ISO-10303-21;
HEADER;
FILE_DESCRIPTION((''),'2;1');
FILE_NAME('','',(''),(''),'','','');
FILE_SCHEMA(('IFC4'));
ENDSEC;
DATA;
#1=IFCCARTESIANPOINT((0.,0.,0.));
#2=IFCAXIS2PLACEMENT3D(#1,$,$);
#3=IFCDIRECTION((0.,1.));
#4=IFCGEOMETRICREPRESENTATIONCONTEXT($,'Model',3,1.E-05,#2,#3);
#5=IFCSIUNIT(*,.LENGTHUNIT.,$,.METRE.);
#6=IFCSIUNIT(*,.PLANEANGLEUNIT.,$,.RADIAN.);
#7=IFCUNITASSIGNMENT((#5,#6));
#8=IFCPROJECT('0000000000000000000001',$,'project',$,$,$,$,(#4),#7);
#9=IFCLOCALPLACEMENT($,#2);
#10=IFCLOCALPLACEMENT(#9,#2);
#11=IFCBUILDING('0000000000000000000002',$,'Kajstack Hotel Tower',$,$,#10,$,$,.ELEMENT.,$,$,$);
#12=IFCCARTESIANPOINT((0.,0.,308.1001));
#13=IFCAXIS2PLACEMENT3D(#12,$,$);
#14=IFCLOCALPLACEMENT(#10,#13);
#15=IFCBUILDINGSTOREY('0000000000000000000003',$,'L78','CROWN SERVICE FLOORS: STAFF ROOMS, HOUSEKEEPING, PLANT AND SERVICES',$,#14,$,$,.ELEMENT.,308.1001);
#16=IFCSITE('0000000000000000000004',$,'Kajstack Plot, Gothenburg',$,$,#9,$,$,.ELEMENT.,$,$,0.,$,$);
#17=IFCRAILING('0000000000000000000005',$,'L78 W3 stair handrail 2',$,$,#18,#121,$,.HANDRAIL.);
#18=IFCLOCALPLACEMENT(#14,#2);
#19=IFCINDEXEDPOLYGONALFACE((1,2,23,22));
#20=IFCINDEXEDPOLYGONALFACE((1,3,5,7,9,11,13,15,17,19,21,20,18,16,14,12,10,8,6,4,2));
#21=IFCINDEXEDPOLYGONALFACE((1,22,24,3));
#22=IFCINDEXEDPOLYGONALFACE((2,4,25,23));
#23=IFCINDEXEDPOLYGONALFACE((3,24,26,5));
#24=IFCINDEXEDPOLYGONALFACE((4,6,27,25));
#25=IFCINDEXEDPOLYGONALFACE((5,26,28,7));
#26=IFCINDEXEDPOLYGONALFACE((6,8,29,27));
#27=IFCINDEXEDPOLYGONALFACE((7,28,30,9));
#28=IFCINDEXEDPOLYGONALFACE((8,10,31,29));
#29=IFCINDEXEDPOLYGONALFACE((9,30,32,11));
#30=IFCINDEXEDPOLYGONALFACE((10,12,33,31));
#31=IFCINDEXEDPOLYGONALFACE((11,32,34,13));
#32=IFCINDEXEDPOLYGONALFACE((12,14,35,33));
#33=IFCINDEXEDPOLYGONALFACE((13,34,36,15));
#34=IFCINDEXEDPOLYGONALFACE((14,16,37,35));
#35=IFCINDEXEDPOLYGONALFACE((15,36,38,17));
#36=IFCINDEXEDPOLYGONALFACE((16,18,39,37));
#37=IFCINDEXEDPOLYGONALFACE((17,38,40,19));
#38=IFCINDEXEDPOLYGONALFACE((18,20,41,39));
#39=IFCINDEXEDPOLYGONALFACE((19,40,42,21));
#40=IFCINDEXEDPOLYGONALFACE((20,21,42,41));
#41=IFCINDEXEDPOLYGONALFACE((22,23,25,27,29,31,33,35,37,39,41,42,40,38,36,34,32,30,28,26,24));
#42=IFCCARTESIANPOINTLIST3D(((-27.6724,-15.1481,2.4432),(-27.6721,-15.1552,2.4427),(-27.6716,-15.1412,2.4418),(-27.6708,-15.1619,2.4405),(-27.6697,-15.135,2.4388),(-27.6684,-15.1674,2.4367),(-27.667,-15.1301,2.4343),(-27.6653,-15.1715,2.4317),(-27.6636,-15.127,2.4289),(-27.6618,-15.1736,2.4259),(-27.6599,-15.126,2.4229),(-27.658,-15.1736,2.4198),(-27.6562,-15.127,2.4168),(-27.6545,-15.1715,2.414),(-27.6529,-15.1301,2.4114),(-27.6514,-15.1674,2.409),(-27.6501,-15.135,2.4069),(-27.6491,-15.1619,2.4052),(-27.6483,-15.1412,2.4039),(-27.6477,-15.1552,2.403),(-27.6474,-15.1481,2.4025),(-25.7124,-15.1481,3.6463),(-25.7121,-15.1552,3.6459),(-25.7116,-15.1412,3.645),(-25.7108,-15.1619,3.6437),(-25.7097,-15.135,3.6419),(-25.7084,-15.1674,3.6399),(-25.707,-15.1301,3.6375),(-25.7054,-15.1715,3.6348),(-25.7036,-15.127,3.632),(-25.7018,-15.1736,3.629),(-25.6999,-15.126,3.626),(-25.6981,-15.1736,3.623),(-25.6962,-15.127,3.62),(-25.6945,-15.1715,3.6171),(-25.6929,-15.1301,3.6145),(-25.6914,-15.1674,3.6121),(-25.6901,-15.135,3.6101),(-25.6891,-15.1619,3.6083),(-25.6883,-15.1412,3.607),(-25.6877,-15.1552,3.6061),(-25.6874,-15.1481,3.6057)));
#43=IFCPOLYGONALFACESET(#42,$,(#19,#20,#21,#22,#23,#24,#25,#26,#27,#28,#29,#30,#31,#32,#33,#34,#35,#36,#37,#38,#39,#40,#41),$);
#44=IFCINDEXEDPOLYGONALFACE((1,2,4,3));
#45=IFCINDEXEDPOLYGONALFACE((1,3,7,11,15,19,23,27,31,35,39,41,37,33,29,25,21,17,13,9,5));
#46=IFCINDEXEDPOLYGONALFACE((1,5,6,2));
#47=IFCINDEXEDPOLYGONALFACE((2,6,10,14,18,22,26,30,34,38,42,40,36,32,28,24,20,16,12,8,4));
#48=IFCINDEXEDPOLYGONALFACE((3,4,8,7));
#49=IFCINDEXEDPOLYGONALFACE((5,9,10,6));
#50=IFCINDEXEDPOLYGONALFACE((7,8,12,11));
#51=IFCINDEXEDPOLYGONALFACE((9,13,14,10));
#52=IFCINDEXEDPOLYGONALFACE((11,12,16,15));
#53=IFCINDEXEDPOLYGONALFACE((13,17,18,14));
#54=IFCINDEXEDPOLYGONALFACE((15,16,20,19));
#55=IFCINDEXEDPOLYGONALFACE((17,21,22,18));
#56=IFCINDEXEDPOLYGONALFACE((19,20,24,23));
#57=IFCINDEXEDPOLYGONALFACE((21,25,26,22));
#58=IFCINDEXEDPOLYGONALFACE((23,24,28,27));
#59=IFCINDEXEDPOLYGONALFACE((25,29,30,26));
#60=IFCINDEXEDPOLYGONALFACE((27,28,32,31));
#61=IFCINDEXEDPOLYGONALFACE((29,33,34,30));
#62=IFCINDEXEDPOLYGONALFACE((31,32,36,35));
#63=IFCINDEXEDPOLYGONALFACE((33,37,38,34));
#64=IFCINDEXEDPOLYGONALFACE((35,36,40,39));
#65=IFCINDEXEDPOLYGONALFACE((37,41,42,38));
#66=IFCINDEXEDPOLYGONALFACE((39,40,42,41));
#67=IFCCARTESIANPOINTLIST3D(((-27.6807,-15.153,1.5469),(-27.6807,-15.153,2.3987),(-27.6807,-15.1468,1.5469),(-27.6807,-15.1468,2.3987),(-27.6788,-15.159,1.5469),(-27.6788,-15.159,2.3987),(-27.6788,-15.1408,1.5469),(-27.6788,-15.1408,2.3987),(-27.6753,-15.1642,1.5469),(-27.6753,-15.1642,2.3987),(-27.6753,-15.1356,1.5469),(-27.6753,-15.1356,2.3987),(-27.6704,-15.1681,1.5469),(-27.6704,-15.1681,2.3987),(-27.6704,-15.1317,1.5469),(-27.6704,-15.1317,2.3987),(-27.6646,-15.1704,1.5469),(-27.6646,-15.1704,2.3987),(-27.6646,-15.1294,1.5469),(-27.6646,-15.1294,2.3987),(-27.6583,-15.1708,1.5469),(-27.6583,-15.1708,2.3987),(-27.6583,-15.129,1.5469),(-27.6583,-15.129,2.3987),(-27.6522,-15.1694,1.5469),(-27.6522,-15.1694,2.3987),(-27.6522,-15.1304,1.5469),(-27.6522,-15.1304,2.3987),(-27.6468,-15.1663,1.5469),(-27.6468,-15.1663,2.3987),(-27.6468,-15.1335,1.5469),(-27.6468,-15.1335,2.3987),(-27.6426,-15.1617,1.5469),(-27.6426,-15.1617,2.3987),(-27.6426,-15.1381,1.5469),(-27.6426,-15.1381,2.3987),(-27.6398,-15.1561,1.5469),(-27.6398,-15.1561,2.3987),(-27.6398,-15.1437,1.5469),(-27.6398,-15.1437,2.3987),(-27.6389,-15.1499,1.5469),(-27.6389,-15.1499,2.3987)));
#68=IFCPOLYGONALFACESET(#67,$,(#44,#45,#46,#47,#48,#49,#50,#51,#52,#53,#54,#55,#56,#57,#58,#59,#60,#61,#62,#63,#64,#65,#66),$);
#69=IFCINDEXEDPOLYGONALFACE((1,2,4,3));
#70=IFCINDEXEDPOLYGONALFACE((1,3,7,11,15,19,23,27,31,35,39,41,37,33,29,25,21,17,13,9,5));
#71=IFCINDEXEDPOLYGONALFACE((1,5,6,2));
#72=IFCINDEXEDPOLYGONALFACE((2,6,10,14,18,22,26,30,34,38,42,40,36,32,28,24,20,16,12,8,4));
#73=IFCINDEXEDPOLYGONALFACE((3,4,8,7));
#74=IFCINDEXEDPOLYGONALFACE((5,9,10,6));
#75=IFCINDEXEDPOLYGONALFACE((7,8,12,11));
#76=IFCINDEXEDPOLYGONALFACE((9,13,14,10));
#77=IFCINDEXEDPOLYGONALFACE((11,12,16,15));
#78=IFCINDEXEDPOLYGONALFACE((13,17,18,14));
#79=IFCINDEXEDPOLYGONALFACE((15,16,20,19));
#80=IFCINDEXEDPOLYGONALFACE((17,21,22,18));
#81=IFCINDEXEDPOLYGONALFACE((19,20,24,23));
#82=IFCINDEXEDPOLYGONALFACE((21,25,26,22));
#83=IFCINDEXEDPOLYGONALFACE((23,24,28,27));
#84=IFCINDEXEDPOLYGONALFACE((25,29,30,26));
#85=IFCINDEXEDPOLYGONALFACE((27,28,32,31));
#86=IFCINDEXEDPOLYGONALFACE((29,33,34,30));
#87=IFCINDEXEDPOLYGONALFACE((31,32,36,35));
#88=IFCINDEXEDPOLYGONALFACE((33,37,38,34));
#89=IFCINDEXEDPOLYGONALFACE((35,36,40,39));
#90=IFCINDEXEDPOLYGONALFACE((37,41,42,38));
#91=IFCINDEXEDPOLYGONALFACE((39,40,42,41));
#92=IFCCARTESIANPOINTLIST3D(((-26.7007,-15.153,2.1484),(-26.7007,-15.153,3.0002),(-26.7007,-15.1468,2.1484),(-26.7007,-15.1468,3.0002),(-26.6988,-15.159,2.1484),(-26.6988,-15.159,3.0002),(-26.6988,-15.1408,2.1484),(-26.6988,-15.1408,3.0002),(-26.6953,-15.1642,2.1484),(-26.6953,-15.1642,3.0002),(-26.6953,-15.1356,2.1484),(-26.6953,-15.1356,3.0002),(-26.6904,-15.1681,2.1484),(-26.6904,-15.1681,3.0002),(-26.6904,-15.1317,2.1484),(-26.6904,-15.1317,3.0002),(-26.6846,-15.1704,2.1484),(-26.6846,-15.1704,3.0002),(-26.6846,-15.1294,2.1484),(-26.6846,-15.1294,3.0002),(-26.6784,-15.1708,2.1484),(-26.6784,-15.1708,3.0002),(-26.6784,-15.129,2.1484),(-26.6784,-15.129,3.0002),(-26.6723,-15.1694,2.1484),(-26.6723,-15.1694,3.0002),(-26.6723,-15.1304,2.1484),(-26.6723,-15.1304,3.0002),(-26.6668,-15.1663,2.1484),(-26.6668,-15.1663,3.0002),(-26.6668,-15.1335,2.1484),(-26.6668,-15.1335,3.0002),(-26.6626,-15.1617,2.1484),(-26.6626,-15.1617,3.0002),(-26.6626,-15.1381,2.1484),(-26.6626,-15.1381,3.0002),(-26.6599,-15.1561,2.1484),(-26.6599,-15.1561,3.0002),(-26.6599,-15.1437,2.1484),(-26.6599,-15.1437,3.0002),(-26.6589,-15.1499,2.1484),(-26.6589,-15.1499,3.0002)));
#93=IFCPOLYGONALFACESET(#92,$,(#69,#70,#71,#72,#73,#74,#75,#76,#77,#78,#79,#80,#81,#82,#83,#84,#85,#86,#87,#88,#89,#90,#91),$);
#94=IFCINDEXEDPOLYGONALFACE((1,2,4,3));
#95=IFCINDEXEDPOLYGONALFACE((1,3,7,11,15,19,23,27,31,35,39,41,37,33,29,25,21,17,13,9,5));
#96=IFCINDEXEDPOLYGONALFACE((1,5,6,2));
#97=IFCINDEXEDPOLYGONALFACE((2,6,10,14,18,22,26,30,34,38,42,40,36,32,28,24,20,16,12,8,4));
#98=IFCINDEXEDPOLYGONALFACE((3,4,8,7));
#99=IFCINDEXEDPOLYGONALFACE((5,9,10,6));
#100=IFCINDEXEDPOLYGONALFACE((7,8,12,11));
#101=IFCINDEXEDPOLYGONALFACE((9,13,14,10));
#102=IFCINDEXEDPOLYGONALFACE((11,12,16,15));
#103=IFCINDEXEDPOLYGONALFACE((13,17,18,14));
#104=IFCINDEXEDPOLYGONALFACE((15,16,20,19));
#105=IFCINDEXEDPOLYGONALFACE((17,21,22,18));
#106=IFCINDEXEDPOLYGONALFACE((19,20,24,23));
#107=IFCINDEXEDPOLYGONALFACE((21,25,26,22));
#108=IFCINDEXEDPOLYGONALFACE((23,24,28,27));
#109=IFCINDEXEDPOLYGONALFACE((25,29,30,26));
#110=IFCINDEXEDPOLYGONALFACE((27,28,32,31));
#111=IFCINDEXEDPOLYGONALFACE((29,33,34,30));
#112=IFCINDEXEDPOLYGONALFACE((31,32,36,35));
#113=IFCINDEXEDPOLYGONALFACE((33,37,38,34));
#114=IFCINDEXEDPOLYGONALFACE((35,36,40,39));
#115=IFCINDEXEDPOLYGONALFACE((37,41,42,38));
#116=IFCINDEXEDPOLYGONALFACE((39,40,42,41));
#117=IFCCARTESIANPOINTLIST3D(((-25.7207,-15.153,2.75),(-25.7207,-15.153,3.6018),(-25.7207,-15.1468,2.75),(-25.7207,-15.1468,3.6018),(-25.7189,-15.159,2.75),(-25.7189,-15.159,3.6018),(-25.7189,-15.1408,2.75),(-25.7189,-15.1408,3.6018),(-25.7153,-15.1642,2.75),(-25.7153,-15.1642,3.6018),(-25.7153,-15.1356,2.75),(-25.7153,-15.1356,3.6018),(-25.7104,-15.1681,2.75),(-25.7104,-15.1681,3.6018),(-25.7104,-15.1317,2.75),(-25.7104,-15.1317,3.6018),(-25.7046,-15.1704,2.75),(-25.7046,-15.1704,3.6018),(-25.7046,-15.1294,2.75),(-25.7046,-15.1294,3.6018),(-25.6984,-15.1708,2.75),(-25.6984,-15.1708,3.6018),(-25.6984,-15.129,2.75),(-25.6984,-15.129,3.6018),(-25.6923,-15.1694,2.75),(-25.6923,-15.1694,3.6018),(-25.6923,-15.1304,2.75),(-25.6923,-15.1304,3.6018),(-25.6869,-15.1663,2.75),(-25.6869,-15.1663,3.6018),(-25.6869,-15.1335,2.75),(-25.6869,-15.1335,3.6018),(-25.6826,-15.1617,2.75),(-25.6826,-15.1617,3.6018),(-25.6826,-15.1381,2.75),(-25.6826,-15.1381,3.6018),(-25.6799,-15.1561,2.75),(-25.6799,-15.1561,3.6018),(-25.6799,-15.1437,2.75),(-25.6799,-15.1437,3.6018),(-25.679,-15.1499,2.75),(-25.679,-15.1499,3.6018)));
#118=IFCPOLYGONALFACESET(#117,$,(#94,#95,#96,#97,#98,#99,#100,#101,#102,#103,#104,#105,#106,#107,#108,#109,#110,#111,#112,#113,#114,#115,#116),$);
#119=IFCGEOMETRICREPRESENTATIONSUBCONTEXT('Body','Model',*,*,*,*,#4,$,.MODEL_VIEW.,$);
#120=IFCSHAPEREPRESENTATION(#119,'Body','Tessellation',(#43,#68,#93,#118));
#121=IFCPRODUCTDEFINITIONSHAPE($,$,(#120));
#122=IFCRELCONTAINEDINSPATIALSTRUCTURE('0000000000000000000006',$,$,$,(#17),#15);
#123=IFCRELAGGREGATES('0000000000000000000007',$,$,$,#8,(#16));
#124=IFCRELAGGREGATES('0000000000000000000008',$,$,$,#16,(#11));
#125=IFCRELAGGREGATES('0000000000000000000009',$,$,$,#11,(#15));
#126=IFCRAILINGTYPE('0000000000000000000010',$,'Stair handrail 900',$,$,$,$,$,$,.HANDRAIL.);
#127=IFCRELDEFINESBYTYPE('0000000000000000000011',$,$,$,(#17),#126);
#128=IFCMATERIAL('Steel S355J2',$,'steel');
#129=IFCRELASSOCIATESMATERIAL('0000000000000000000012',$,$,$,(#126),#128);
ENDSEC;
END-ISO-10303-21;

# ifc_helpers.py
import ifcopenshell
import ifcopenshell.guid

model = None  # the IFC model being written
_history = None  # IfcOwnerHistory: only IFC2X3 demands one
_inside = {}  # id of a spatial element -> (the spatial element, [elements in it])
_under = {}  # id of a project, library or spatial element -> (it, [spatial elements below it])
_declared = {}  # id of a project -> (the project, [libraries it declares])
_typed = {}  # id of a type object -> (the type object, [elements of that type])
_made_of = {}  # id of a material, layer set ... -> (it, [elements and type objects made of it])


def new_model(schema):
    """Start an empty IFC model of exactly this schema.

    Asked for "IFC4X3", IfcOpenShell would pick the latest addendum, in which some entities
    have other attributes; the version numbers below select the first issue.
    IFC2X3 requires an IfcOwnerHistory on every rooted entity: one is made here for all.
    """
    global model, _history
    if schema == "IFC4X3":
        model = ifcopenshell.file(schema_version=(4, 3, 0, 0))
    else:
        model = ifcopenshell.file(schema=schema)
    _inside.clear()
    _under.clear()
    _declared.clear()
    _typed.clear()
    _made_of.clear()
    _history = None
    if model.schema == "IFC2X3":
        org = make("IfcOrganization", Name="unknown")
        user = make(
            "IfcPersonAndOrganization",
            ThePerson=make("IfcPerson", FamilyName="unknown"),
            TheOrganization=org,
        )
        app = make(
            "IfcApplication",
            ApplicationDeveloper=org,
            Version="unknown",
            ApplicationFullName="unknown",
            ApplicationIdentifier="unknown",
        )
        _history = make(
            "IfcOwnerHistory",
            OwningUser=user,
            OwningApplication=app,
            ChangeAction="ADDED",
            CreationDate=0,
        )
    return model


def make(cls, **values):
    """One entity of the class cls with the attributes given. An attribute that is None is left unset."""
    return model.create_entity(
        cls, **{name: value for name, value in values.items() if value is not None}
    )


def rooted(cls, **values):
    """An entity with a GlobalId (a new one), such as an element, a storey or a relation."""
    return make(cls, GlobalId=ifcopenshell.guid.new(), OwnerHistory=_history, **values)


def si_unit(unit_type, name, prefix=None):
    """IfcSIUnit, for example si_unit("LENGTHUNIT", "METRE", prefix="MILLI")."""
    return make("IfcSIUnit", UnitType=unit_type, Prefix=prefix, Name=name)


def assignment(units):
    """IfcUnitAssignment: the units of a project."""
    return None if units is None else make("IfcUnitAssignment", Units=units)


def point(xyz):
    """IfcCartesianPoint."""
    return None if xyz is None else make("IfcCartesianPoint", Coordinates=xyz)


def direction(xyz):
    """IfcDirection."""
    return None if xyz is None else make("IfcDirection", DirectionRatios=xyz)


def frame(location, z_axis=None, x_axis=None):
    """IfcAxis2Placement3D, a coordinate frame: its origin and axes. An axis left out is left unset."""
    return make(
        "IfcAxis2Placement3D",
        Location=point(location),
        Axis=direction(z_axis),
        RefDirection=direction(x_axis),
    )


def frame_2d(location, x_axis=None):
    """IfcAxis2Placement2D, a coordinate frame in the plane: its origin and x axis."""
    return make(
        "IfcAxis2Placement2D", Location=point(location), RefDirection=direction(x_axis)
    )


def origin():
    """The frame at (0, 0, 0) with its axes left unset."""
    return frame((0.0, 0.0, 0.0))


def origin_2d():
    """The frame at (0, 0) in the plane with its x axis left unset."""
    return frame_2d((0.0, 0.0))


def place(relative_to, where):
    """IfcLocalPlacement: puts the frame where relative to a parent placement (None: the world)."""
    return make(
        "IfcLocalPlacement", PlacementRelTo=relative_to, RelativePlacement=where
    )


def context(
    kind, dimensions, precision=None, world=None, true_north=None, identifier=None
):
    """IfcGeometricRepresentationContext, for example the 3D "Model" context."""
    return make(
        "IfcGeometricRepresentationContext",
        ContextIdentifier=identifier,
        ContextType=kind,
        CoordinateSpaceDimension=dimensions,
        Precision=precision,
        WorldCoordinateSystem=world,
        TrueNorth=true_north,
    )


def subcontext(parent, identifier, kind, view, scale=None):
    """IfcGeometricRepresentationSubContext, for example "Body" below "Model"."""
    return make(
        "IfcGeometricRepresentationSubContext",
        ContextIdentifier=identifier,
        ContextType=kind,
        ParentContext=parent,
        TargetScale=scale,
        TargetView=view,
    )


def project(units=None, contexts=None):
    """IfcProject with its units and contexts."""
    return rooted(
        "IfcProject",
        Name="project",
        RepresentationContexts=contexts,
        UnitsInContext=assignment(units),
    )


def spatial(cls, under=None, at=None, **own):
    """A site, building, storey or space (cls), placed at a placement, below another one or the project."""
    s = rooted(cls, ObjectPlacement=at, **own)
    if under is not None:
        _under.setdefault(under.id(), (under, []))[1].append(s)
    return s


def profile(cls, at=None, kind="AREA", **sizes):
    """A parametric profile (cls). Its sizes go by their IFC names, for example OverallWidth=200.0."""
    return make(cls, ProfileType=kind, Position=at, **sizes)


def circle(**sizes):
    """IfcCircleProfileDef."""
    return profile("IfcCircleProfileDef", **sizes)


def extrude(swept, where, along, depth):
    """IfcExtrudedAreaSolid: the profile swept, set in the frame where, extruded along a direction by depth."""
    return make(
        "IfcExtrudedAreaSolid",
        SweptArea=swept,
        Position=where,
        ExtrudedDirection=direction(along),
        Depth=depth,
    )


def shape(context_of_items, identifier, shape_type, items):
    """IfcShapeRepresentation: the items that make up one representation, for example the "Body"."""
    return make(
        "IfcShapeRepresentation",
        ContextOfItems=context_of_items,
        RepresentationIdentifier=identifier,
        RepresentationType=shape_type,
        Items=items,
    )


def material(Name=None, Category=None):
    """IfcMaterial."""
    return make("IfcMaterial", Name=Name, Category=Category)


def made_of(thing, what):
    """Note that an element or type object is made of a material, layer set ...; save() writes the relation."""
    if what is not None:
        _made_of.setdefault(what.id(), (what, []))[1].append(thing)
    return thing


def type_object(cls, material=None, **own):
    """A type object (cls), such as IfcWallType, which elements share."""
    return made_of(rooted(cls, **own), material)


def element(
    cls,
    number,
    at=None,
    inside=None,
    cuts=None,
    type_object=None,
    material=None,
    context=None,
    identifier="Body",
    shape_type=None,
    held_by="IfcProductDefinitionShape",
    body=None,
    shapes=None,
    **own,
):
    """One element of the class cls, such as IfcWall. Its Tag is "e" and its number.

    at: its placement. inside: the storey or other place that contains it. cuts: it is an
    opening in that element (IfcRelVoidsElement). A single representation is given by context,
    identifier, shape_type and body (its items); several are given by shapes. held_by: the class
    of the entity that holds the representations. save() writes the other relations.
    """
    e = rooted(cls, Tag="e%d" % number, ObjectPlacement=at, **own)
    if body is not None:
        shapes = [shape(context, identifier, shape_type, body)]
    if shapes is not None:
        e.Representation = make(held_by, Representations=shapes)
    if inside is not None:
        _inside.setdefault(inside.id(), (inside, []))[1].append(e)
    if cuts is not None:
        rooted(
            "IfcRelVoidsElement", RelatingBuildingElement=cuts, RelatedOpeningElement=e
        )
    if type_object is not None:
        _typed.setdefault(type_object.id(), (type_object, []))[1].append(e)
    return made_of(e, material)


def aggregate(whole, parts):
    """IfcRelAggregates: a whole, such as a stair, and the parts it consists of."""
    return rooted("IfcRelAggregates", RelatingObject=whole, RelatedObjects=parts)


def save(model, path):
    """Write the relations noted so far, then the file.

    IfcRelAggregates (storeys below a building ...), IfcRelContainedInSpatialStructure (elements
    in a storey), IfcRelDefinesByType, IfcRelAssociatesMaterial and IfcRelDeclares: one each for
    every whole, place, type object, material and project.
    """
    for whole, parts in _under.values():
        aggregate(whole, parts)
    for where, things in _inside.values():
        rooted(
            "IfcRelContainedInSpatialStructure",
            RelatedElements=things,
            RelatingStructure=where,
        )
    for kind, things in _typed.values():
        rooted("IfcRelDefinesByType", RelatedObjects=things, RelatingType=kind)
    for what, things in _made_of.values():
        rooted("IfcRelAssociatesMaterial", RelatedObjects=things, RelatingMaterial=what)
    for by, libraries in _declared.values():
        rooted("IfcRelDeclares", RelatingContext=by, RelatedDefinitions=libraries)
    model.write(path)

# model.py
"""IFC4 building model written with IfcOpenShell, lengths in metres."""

from ifc_helpers import new_model, si_unit, direction, frame, origin, origin_2d, place, context, subcontext, project, spatial, circle, extrude, material, type_object, element, save


model = new_model("IFC4")

# Units and contexts
model_context = context("Model", 3, precision=1e-05, world=origin(), true_north=direction((0.0, 1.0)))
body_context = subcontext(model_context, "Body", "Model", "MODEL_VIEW")
ifc_project = project(units=[si_unit("LENGTHUNIT", "METRE"), si_unit("PLANEANGLEUNIT", "RADIAN")], contexts=[model_context])

# Site, building, storey
site_placement = place(None, origin())
site = spatial("IfcSite", under=ifc_project, at=site_placement, Name="Kajstack Plot, Gothenburg", CompositionType="ELEMENT", RefElevation=0.0)
building_placement = place(site_placement, origin())
building = spatial("IfcBuilding", under=site, at=building_placement, Name="Kajstack Hotel Tower", CompositionType="ELEMENT")
storey_placement = place(building_placement, frame((0.0, 0.0, 308.1001)))
storey = spatial("IfcBuildingStorey", under=building, at=storey_placement, Name="L78", Description="CROWN SERVICE FLOORS: STAFF ROOMS, HOUSEKEEPING, PLANT AND SERVICES", CompositionType="ELEMENT", Elevation=308.1001)

# Railing
ifc_material_1 = material(Name="Steel S355J2", Category="steel")
railing_type_1 = type_object("IfcRailingType", Name="Stair handrail 900", PredefinedType="HANDRAIL", material=ifc_material_1)
railing_1_placement = place(storey_placement, frame((-27.6599, -15.1499, 1.5469)))
element("IfcRailing", 1, at=railing_1_placement, inside=storey, type_object=railing_type_1, Name="L78 W3 stair handrail 2", PredefinedType="HANDRAIL", context=body_context, shape_type="SweptSolid", body=[
    extrude(circle(Radius=0.0239, at=origin_2d()), frame((0.0, 0.0, 0.876), z_axis=(0.852241, 0.0, 0.523149), x_axis=(0.0, 1.0, 0.0)), (0.0, 0.0, 1.0), 2.2998),
    extrude(circle(Radius=0.021, at=origin_2d()), origin(), (0.0, 0.0, 1.0), 0.8518),
    extrude(circle(Radius=0.021, at=origin_2d()), frame((0.98, 0.0, 0.6016)), (0.0, 0.0, 1.0), 0.8518),
    extrude(circle(Radius=0.021, at=origin_2d()), frame((1.96, 0.0, 1.2031)), (0.0, 0.0, 1.0), 0.8518),
])

save(model, "model.ifc")
